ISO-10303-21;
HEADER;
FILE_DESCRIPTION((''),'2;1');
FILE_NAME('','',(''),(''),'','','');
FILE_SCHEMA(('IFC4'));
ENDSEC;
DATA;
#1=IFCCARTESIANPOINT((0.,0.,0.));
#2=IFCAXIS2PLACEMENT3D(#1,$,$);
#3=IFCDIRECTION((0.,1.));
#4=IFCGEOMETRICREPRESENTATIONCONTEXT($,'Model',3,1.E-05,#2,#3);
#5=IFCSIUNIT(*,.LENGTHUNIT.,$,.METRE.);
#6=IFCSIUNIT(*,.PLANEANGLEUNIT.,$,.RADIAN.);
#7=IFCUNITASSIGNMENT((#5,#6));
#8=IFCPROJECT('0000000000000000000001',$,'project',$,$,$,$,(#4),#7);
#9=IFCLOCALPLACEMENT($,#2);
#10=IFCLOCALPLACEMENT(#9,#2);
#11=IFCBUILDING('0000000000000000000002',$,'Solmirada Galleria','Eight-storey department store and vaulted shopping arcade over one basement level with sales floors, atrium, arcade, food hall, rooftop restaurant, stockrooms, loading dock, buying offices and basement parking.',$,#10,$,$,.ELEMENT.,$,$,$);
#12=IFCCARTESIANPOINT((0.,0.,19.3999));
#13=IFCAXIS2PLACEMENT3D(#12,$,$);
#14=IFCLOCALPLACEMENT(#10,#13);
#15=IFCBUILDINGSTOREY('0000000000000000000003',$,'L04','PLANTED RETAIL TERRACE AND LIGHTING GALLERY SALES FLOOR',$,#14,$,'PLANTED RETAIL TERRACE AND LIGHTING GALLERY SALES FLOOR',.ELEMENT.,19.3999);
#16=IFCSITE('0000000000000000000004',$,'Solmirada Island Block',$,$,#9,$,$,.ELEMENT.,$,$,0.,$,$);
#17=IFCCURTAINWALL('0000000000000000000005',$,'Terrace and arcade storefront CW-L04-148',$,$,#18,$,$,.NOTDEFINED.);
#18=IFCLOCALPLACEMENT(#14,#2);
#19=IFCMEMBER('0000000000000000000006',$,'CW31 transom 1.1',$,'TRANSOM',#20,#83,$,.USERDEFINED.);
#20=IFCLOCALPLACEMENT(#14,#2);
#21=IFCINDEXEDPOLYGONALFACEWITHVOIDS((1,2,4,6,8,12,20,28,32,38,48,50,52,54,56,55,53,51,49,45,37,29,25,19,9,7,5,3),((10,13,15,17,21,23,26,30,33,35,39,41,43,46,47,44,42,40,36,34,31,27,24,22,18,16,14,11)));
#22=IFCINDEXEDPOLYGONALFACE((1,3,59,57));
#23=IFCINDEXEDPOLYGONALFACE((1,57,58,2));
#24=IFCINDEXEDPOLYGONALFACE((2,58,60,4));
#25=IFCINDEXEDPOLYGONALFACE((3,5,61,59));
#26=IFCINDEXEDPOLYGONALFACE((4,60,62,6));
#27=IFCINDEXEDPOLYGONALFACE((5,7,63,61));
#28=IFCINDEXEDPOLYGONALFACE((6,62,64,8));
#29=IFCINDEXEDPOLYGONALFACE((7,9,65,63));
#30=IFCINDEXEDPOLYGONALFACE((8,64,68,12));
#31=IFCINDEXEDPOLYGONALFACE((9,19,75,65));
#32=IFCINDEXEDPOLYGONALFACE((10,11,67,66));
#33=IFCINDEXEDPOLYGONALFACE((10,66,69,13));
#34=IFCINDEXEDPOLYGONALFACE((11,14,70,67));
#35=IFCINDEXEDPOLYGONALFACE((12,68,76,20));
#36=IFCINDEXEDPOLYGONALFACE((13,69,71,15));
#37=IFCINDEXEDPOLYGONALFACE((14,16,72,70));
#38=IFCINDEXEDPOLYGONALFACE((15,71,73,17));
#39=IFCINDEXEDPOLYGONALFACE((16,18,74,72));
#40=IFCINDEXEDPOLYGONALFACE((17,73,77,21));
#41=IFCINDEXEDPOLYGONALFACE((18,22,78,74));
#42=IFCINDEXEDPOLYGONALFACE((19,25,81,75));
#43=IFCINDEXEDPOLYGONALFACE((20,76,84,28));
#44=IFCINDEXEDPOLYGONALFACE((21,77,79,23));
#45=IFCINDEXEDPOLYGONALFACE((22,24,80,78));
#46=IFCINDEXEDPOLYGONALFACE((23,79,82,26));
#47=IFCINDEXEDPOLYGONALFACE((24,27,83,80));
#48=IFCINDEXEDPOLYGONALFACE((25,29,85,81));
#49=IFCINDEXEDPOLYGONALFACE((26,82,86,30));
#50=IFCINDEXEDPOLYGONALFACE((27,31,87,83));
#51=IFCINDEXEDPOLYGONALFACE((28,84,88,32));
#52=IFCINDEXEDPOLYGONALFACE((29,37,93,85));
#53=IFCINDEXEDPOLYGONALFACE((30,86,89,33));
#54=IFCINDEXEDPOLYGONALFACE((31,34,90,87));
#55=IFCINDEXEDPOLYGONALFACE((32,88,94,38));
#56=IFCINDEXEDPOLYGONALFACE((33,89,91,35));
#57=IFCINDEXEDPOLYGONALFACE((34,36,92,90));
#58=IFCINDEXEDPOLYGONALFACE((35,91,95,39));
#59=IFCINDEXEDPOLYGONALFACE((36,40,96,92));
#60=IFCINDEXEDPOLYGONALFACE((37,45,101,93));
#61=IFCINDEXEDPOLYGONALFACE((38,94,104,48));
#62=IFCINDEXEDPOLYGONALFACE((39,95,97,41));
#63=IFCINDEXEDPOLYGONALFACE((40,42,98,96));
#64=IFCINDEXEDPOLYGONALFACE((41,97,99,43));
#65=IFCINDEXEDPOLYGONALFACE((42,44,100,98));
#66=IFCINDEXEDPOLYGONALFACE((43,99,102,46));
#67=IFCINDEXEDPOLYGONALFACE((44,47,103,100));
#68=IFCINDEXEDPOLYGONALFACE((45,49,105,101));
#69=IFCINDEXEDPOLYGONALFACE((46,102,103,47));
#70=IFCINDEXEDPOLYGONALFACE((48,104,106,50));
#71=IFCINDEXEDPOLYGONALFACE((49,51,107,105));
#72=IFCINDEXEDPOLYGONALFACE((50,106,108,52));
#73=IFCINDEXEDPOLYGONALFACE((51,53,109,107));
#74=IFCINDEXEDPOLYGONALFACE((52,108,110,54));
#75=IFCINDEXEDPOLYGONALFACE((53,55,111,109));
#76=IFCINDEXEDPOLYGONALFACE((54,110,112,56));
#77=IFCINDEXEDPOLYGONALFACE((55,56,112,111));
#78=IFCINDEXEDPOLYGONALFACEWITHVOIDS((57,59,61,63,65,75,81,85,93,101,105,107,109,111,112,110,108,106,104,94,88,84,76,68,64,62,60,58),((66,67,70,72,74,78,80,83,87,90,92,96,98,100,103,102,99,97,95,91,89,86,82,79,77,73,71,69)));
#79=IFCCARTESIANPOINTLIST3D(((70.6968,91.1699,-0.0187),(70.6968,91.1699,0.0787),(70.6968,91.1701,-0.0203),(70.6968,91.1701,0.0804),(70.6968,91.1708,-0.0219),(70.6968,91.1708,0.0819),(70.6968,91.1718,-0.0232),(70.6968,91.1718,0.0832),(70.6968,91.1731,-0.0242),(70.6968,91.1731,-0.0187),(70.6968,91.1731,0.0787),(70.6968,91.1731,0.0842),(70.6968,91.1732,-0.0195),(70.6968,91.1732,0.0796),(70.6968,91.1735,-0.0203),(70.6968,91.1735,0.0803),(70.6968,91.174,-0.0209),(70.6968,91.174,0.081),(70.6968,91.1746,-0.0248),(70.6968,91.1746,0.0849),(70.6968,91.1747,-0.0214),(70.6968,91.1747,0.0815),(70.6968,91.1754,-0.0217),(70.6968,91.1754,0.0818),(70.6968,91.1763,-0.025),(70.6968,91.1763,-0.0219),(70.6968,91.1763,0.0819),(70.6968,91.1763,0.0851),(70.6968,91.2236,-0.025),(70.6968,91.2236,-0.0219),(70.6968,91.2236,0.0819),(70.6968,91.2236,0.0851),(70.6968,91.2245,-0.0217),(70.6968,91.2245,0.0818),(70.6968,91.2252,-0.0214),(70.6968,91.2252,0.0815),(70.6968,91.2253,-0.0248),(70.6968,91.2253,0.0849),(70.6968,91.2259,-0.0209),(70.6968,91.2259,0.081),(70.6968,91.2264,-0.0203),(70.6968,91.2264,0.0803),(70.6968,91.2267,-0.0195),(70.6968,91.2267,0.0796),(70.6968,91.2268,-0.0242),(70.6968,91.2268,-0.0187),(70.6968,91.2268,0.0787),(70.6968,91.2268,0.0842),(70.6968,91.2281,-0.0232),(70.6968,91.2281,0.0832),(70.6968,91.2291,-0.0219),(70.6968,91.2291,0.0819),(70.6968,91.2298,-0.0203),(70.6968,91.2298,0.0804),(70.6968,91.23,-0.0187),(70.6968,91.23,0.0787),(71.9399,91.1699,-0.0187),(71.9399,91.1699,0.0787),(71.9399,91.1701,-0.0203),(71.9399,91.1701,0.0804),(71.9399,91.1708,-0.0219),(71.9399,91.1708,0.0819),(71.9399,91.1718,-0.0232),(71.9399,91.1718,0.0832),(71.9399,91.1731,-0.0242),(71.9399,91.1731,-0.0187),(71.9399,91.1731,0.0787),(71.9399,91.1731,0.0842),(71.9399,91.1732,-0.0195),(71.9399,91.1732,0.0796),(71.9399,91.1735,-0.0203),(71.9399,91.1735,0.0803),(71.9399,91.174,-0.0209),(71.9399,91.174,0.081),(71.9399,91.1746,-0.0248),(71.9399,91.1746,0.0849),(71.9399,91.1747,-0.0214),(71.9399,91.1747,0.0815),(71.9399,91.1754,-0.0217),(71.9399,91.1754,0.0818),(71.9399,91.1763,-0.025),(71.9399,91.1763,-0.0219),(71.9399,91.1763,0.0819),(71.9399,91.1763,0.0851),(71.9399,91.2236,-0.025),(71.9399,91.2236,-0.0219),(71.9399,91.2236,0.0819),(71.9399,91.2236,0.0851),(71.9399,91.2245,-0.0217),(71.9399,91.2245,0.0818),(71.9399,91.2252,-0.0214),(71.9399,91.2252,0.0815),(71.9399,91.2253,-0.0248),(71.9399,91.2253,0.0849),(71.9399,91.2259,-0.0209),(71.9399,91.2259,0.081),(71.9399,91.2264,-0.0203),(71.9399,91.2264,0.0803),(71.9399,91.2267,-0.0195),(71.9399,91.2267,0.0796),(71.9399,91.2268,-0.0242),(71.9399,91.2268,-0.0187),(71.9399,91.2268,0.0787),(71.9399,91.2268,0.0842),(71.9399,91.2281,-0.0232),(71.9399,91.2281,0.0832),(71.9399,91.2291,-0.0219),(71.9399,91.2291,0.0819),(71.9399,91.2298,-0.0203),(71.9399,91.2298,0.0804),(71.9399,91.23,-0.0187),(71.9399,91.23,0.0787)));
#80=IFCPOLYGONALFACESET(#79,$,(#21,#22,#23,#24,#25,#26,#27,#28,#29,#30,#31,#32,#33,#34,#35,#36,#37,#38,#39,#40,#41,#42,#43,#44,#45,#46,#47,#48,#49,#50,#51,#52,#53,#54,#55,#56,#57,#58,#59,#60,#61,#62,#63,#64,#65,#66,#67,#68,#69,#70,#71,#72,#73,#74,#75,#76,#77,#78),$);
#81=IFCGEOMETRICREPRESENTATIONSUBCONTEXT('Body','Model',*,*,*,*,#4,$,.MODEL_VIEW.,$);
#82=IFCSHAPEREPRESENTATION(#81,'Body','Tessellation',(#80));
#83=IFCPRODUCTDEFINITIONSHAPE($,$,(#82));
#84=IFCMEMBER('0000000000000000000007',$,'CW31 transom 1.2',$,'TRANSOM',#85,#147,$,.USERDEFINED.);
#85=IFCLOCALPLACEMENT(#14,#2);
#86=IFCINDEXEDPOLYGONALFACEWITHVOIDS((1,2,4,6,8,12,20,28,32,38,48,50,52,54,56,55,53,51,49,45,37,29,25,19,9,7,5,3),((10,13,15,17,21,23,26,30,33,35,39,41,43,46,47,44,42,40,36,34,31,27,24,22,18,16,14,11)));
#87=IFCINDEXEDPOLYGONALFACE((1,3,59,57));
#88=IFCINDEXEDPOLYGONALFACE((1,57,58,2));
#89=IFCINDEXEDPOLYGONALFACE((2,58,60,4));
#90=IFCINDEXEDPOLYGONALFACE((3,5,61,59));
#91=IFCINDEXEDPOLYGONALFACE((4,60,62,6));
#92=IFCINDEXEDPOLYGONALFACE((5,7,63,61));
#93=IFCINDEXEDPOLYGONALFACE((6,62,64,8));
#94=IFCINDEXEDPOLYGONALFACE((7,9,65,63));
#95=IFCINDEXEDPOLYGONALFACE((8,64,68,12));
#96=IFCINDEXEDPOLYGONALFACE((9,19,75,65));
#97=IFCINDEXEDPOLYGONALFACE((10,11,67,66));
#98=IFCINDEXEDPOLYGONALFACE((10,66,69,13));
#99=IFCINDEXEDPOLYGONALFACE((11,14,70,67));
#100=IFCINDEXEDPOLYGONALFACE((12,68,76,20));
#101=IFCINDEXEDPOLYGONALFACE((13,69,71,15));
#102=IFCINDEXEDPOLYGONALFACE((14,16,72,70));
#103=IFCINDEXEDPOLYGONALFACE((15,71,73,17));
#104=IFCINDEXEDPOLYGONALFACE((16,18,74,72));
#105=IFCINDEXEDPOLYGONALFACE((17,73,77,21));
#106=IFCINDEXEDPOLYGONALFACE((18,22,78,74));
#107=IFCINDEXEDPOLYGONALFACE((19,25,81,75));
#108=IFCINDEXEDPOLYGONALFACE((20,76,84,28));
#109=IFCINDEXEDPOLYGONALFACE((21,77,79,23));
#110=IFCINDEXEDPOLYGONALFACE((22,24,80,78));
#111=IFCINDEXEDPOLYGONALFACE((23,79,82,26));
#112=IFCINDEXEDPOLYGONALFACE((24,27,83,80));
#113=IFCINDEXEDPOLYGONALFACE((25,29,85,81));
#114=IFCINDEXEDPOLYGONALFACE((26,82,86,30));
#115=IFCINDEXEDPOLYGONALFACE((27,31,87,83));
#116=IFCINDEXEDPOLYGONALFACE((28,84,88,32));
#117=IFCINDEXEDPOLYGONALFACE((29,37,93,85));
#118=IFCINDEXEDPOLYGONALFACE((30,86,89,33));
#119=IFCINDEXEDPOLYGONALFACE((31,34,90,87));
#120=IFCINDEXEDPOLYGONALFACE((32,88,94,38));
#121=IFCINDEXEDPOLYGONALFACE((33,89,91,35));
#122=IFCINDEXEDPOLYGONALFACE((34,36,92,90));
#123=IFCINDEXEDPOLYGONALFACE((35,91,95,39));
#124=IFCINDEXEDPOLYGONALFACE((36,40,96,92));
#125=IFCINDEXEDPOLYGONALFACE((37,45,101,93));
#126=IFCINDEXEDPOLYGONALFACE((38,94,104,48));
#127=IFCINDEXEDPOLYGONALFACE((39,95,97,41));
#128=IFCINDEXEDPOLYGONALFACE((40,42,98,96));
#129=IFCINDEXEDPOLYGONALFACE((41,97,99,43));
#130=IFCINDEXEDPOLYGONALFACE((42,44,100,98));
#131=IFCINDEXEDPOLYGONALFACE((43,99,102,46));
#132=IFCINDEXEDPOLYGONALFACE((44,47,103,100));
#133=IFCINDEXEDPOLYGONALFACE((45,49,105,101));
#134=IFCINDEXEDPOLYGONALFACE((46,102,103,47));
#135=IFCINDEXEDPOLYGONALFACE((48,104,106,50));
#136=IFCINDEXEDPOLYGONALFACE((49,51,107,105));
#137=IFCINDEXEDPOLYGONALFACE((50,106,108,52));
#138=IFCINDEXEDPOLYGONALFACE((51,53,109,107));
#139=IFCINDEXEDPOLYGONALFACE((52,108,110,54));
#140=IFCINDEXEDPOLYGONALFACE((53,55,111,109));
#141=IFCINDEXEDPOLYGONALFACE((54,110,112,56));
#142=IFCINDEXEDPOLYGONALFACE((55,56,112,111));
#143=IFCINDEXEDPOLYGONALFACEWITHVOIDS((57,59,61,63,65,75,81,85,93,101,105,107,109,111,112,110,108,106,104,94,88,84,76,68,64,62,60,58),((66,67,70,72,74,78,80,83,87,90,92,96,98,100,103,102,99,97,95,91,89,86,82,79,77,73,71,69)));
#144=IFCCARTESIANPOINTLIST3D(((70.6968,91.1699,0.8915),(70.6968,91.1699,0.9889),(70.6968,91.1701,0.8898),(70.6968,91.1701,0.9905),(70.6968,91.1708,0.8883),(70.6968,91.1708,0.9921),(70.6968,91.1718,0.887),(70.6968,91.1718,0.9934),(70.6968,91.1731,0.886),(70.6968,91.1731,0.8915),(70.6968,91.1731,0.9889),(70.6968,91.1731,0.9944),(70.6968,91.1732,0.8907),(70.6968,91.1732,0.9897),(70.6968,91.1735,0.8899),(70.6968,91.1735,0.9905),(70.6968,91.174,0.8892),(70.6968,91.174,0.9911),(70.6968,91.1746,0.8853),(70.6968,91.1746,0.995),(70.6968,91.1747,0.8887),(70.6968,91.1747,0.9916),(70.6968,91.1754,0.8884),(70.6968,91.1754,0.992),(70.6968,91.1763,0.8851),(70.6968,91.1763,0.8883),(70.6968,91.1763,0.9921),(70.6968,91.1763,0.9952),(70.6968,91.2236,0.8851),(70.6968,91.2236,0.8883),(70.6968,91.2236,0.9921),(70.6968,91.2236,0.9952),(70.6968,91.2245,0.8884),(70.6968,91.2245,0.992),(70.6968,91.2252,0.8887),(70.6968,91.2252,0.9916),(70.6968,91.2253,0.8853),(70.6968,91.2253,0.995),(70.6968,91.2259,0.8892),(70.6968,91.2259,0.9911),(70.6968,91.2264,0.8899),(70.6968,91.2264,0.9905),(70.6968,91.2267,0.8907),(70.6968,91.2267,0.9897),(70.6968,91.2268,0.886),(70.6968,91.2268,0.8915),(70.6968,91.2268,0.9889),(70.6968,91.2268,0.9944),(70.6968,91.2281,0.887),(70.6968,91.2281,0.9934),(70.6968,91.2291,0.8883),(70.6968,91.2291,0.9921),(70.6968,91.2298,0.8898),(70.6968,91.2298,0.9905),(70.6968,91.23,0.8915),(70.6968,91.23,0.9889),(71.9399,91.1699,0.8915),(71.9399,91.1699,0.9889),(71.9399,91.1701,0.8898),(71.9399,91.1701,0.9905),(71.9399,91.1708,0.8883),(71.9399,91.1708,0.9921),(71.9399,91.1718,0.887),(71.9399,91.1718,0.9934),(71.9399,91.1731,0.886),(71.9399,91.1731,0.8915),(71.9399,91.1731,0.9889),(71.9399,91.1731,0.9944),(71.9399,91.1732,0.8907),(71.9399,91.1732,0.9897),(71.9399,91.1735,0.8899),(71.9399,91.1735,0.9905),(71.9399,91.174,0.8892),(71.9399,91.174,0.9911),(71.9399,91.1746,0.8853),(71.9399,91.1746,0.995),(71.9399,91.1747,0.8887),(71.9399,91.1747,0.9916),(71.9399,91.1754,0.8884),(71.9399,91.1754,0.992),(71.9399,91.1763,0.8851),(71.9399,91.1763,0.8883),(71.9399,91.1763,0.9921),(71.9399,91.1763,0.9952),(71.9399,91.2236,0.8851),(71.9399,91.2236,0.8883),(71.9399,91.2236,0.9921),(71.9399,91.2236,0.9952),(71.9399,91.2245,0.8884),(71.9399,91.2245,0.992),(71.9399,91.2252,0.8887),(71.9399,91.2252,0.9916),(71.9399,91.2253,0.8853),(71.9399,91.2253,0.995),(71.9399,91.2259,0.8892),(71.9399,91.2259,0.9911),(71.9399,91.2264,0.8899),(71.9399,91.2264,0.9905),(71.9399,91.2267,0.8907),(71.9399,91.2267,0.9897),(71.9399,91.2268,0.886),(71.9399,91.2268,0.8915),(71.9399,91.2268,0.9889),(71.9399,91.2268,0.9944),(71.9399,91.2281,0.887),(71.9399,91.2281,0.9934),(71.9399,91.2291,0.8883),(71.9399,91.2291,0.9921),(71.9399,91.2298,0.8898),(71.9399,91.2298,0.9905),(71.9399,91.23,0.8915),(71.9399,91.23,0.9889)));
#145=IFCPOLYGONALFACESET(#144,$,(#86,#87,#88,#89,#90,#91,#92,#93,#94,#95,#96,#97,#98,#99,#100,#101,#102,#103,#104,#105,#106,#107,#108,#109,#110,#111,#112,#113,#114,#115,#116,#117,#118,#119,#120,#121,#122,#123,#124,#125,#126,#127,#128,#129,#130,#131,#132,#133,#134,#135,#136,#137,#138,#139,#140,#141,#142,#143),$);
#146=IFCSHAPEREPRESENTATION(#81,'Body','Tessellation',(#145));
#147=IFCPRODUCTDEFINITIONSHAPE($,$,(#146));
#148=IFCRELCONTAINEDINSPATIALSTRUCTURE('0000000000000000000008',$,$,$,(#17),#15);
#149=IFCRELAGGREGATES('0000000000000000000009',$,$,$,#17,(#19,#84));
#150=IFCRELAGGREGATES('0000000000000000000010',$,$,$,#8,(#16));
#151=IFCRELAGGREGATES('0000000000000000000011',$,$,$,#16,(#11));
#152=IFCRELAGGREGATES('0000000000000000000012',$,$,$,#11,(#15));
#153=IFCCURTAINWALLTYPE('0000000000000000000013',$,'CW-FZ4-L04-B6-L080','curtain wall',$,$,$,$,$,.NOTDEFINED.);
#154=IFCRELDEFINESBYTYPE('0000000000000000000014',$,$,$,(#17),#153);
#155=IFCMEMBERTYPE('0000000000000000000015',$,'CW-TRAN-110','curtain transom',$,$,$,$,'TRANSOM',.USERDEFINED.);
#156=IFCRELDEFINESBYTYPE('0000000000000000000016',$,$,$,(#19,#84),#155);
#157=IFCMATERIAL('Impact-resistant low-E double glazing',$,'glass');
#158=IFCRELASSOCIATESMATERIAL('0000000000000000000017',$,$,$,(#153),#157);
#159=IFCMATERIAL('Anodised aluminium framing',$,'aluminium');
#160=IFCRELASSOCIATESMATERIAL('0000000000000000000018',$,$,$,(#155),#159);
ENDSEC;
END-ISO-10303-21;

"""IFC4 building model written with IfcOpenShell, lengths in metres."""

from ifc_helpers import new_model, si_unit, direction, frame, origin, origin_2d, place, context, subcontext, project, spatial, hollow_rectangle, extrude, material, material_profile, profile_set, type_object, element, aggregate, save


model = new_model("IFC4")

# Units and contexts
model_context = context("Model", 3, precision=1e-05, world=origin(), true_north=direction((0.0, 1.0)))
body_context = subcontext(model_context, "Body", "Model", "MODEL_VIEW")
ifc_project = project(units=[si_unit("LENGTHUNIT", "METRE"), si_unit("PLANEANGLEUNIT", "RADIAN")], contexts=[model_context])

# Site, building, storey
site_placement = place(None, origin())
site = spatial("IfcSite", under=ifc_project, at=site_placement, Name="Solmirada Island Block", CompositionType="ELEMENT", RefElevation=0.0)
building_placement = place(site_placement, origin())
building = spatial("IfcBuilding", under=site, at=building_placement, Name="Solmirada Galleria", Description="Eight-storey department store and vaulted shopping arcade over one basement level with sales floors, atrium, arcade, food hall, rooftop restaurant, stockrooms, loading dock, buying offices and basement parking.", CompositionType="ELEMENT")
storey_placement = place(building_placement, frame((0.0, 0.0, 19.3999)))
storey = spatial("IfcBuildingStorey", under=building, at=storey_placement, Name="L04", Description="PLANTED RETAIL TERRACE AND LIGHTING GALLERY SALES FLOOR", LongName="PLANTED RETAIL TERRACE AND LIGHTING GALLERY SALES FLOOR", CompositionType="ELEMENT", Elevation=19.3999)

# Shared definitions
ifc_material_1 = material(Name="Impact-resistant low-E double glazing", Category="glass")
curtain_wall_type = type_object("IfcCurtainWallType", Name="CW-FZ4-L04-B6-L080", Description="curtain wall", PredefinedType="NOTDEFINED", material=ifc_material_1)
ifc_material_2 = material(Name="Anodised aluminium framing", Category="aluminium")

# Curtain wall
curtain_wall_1_placement = place(storey_placement, origin())
curtain_wall_1 = element("IfcCurtainWall", 1, at=curtain_wall_1_placement, inside=storey, type_object=curtain_wall_type, Name="Terrace and arcade storefront CW-L04-148", PredefinedType="NOTDEFINED")

# Members
ifc_material_profile_1 = material_profile(ifc_material_2, hollow_rectangle(XDim=0.0601, YDim=0.1101, WallThickness=0.0032, InnerFilletRadius=0.0032, OuterFilletRadius=0.0063, at=origin_2d()), Name="ALU-TRAN-110X60")
ifc_profile_set_1 = profile_set([ifc_material_profile_1], Name="Anodised aluminium framing")
member_type_1 = type_object("IfcMemberType", Name="CW-TRAN-110", Description="curtain transom", ElementType="TRANSOM", PredefinedType="USERDEFINED", material=ifc_profile_set_1)
member_1_placement = place(storey_placement, frame((71.9399, 91.2, 0.03), z_axis=(-1.0, 0.0, 0.0), x_axis=(0.0, -1.0, 0.0)))
member_1 = element("IfcMember", 2, at=member_1_placement, type_object=member_type_1, Name="CW31 transom 1.1", ObjectType="TRANSOM", PredefinedType="USERDEFINED", context=body_context, shape_type="SweptSolid", body=[
    extrude(hollow_rectangle(XDim=0.0601, YDim=0.1101, WallThickness=0.0032, InnerFilletRadius=0.0032, OuterFilletRadius=0.0063, at=origin_2d()), origin(), (0.0, 0.0, 1.0), 1.2432),
])
member_2_placement = place(storey_placement, frame((71.9399, 91.2, 0.9402), z_axis=(-1.0, 0.0, 0.0), x_axis=(0.0, -1.0, 0.0)))
member_2 = element("IfcMember", 3, at=member_2_placement, type_object=member_type_1, Name="CW31 transom 1.2", ObjectType="TRANSOM", PredefinedType="USERDEFINED", context=body_context, shape_type="SweptSolid", body=[
    extrude(hollow_rectangle(XDim=0.0601, YDim=0.1101, WallThickness=0.0032, InnerFilletRadius=0.0032, OuterFilletRadius=0.0063, at=origin_2d()), origin(), (0.0, 0.0, 1.0), 1.2432),
])
aggregate(curtain_wall_1, [member_1, member_2])

save(model, "model.ifc")
